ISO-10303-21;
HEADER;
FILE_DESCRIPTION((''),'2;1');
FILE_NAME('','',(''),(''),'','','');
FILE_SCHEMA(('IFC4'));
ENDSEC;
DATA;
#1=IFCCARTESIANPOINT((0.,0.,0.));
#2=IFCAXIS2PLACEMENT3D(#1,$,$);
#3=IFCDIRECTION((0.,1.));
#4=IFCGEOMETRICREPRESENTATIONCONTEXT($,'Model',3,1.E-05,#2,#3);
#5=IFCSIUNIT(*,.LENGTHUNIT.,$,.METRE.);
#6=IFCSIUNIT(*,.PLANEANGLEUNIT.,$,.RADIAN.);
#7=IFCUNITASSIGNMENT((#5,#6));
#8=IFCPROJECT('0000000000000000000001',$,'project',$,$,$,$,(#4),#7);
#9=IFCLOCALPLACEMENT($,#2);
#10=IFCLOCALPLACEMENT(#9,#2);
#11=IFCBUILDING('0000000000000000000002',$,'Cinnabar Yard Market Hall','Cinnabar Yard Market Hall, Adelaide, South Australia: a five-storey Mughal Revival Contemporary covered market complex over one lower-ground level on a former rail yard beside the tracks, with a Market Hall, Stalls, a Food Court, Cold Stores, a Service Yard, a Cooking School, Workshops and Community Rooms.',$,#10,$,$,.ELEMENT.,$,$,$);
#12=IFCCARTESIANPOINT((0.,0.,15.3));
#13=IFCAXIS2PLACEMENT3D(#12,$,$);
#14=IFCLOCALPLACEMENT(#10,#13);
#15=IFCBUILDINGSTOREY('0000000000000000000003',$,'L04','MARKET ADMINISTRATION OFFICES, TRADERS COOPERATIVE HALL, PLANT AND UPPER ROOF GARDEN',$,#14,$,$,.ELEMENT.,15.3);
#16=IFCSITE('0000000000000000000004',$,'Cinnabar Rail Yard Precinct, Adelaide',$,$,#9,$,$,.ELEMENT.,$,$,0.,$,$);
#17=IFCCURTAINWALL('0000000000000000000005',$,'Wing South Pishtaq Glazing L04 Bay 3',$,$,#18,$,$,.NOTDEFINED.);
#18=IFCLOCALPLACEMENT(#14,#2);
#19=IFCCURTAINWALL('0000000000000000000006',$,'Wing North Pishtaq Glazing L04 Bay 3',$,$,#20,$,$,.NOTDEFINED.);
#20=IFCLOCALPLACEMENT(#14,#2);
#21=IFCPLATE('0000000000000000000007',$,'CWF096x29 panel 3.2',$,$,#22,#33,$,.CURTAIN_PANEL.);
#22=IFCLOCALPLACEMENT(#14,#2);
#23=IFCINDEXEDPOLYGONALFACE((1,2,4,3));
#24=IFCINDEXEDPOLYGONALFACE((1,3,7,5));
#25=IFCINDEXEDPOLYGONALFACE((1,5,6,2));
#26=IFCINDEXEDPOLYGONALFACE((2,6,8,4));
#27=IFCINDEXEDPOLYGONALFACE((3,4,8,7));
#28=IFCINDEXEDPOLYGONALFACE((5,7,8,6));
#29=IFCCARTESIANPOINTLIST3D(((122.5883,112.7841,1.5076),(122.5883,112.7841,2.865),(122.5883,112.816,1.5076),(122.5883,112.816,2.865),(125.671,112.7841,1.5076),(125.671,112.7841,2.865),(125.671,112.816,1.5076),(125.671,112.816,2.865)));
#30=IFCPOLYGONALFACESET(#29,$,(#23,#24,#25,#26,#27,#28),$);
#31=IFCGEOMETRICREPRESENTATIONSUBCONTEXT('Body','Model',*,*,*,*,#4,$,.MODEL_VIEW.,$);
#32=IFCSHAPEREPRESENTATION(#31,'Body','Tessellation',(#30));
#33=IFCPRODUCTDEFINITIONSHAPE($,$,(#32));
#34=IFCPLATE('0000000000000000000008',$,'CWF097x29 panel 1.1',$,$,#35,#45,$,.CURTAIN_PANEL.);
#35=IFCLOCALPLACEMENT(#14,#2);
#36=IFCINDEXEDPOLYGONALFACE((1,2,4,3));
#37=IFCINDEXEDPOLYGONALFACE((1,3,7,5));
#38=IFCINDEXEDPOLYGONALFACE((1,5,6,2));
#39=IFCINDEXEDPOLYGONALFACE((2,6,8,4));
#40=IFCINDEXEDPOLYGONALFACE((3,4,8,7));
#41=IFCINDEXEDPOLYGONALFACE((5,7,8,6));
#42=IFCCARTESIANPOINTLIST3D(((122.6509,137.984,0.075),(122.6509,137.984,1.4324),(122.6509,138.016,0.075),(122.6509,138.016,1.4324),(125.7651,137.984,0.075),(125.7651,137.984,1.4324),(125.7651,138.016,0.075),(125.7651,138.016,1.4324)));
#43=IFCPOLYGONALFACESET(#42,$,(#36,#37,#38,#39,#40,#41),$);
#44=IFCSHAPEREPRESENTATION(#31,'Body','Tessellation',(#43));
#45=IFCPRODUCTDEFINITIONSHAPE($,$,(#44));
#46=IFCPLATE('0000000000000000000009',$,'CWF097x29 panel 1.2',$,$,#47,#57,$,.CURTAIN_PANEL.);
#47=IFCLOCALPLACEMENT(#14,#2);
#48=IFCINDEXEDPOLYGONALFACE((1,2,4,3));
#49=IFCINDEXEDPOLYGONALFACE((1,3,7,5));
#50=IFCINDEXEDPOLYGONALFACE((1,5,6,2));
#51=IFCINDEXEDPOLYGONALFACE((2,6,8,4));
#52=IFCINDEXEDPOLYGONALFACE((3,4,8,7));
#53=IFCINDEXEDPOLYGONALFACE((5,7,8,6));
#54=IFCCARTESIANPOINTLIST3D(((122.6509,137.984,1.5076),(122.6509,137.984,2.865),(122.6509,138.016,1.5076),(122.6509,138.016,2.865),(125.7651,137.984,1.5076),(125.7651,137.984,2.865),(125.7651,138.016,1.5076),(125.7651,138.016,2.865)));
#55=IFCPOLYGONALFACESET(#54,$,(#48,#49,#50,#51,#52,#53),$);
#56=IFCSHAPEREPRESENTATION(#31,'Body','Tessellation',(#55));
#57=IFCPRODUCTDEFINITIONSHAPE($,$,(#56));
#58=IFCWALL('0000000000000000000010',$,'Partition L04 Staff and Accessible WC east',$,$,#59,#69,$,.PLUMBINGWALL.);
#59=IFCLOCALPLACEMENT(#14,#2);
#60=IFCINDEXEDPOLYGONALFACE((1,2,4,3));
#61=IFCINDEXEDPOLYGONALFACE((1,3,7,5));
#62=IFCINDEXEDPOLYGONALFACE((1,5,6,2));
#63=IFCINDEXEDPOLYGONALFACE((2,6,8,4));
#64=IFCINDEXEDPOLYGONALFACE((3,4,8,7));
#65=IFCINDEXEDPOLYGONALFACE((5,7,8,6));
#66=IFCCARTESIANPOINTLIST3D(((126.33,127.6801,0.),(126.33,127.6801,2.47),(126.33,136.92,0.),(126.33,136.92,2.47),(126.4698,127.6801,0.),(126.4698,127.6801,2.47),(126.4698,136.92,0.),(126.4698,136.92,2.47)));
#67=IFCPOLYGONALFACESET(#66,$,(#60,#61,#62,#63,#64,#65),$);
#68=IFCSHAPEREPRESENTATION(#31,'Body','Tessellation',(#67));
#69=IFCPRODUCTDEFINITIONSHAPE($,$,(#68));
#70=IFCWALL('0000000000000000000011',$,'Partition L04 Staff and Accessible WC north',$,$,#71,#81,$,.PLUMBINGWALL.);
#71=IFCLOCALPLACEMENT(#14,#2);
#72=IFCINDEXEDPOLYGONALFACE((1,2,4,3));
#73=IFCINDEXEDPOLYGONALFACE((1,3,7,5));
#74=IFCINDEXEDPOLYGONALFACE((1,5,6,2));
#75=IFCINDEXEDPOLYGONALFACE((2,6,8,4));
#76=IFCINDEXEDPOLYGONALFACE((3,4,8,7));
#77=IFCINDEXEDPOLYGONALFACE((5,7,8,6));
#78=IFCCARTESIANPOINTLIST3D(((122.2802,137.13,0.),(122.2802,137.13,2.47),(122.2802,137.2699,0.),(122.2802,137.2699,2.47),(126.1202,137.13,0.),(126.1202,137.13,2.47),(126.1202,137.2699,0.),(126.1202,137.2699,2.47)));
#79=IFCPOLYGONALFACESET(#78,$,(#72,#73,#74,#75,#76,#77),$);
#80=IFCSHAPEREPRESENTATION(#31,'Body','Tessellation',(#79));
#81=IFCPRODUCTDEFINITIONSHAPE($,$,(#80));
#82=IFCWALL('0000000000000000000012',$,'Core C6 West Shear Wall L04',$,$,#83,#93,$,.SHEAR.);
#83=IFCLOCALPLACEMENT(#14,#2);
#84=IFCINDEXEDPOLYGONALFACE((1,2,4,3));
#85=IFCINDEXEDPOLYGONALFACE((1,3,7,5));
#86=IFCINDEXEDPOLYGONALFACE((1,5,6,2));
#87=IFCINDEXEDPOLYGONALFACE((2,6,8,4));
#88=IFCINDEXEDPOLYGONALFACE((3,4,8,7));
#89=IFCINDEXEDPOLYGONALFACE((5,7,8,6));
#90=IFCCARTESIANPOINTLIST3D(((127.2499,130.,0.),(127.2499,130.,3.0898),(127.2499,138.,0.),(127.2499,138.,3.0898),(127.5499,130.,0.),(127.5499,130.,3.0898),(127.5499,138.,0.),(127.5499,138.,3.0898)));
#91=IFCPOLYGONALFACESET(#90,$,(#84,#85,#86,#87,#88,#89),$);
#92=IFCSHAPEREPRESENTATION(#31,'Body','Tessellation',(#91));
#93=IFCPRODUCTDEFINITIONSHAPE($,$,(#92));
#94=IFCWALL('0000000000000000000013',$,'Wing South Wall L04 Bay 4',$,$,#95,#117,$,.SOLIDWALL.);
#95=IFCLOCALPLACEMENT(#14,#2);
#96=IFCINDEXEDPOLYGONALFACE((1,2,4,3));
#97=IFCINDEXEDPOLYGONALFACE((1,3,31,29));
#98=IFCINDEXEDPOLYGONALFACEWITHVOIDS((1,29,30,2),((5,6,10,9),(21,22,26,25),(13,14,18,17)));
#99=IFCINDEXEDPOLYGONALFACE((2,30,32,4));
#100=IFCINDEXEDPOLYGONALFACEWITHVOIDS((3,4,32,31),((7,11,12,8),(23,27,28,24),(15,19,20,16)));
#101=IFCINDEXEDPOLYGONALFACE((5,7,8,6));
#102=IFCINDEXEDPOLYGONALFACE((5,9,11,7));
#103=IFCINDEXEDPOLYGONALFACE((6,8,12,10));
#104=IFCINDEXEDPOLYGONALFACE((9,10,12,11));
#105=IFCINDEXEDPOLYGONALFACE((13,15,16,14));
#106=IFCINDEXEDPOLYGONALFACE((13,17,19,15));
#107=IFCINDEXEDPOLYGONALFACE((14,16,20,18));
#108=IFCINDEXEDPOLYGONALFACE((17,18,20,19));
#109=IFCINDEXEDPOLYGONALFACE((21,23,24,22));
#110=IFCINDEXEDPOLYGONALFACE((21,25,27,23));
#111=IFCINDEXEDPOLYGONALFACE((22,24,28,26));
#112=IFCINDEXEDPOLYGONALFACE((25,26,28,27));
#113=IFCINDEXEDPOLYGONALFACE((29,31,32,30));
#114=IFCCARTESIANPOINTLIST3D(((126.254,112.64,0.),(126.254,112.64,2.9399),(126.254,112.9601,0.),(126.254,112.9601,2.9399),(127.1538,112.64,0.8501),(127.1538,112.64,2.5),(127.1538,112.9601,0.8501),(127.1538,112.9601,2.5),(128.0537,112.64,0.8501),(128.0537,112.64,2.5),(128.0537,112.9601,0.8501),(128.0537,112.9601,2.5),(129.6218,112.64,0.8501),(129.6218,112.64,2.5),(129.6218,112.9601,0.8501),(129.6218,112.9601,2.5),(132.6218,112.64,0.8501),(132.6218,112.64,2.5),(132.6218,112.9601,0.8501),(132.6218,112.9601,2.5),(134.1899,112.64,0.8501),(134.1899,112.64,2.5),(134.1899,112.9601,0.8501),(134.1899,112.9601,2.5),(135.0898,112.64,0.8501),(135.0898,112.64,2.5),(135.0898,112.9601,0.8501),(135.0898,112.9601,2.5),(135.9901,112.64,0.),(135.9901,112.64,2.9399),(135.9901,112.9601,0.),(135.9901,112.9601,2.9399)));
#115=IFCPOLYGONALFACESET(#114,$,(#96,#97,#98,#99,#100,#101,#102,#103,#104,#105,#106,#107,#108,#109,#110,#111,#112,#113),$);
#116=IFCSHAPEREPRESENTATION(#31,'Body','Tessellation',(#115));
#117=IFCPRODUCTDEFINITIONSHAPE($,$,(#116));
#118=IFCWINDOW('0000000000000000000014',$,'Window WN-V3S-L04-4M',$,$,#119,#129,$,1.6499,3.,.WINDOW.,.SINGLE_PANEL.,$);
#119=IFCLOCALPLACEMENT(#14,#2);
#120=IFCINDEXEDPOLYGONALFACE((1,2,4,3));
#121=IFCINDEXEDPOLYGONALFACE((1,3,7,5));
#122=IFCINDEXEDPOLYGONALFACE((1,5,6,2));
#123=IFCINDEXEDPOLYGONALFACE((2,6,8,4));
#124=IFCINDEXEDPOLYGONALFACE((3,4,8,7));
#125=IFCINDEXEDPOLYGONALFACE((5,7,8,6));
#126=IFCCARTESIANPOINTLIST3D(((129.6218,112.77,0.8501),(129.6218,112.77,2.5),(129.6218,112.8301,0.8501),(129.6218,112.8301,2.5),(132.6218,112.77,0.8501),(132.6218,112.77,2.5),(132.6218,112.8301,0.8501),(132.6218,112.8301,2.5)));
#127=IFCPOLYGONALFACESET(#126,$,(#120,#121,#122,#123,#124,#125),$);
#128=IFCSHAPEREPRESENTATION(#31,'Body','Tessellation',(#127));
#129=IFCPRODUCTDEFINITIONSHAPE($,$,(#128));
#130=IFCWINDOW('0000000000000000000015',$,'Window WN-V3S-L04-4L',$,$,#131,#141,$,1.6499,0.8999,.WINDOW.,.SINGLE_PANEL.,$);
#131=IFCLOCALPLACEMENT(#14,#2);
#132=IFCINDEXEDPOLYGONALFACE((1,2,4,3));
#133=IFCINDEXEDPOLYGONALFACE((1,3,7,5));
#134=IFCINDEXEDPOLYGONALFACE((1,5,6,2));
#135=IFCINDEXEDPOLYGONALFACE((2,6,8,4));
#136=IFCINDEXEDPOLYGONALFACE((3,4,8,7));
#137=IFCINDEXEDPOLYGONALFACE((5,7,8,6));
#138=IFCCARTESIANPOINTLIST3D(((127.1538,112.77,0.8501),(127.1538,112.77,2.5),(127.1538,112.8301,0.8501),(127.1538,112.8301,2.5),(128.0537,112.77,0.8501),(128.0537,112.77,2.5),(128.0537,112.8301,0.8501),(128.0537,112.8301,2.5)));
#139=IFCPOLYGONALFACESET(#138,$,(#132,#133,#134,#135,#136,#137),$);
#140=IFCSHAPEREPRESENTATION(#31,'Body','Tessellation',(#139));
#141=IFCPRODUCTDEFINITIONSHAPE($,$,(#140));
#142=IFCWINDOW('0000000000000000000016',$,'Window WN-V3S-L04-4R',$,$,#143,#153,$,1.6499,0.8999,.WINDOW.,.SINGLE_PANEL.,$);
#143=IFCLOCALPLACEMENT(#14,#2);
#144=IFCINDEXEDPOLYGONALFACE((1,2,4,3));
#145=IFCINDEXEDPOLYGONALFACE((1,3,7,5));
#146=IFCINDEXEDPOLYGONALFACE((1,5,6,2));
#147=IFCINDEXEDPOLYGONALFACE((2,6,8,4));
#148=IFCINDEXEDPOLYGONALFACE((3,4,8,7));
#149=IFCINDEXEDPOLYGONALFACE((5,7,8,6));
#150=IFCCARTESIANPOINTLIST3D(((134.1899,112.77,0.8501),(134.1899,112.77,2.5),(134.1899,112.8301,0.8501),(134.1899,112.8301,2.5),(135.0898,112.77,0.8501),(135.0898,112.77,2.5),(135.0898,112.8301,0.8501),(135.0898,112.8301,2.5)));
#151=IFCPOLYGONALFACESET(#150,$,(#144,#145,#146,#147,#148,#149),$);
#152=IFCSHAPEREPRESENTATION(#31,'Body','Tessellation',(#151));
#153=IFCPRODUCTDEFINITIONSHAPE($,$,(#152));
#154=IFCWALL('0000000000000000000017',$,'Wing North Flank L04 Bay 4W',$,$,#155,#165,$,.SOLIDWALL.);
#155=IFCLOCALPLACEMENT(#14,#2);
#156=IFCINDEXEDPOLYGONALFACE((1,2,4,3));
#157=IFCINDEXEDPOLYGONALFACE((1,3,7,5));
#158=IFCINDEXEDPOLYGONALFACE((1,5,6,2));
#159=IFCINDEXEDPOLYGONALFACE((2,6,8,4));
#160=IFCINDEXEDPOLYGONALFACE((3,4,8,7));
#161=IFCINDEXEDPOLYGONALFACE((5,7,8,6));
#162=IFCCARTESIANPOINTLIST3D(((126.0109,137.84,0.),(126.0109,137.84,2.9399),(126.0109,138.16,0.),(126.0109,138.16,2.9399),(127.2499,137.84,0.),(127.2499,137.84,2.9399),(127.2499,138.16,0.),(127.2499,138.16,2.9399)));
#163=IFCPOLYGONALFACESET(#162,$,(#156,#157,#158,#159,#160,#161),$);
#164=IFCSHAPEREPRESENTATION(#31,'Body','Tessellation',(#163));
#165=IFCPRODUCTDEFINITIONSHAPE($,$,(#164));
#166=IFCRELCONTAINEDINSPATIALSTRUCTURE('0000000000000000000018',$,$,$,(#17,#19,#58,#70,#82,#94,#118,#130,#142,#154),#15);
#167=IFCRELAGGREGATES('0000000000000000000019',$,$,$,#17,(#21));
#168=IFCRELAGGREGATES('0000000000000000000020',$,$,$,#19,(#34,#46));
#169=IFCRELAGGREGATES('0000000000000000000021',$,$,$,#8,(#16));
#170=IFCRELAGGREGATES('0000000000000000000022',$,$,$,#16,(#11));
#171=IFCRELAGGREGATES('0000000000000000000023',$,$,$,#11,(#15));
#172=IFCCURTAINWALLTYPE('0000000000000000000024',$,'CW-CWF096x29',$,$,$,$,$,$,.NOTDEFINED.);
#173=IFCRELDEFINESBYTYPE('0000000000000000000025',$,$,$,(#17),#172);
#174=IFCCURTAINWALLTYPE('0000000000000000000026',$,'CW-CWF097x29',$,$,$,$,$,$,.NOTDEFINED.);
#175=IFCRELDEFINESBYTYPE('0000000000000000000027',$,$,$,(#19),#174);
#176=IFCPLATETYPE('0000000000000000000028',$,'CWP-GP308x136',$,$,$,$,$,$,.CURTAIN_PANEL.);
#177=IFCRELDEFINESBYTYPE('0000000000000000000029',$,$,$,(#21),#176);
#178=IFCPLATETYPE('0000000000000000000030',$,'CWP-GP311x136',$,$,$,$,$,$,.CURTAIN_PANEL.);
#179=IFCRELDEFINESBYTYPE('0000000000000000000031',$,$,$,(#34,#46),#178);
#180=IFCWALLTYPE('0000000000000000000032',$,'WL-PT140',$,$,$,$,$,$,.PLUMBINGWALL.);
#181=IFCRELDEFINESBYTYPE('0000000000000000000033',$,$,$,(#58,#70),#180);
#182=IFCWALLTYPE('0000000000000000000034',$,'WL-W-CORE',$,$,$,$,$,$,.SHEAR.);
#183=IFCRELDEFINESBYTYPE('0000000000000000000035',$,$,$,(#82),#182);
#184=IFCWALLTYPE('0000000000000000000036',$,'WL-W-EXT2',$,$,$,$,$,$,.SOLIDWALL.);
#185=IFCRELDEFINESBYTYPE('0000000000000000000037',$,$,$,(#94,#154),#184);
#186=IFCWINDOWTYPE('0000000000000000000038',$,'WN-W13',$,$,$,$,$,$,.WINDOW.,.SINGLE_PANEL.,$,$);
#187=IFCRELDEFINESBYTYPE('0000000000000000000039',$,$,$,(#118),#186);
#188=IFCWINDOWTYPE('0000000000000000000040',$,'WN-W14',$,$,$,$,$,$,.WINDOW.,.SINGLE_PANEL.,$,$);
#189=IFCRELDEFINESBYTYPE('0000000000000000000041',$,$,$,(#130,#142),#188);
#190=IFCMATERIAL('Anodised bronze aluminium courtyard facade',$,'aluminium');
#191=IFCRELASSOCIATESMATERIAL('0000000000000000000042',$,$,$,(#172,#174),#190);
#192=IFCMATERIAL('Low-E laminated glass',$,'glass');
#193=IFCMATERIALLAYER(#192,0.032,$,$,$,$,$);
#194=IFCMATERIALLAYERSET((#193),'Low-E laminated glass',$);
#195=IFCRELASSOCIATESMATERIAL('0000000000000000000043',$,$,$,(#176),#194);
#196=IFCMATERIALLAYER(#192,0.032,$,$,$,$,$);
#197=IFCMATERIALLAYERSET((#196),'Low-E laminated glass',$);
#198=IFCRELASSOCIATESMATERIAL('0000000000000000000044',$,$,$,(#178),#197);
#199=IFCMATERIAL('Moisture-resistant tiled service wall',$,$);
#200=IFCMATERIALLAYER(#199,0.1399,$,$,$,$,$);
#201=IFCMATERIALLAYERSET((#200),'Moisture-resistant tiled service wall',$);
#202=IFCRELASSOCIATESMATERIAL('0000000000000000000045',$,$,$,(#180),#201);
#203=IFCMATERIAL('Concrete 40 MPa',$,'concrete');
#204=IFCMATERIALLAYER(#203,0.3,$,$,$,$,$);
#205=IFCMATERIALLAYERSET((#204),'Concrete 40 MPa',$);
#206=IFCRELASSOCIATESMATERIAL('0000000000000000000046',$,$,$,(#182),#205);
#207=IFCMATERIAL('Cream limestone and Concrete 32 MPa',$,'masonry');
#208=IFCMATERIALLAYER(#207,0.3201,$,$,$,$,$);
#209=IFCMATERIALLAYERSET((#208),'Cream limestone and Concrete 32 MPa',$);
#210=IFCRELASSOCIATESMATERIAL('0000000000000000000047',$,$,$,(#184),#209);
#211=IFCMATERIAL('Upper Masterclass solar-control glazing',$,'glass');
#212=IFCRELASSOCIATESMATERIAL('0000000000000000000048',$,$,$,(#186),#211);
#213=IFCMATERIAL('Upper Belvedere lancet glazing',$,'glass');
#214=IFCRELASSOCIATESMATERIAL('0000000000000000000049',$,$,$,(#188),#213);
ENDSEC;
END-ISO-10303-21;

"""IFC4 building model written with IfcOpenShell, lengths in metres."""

from ifc_helpers import new_model, si_unit, direction, frame, frame_2d, origin, origin_2d_with_axis, place, context, subcontext, project, spatial, rectangle, extrude, material, layer, layer_set, type_object, element, fill, aggregate, save


model = new_model("IFC4")

# Units and contexts
model_context = context("Model", 3, precision=1e-05, world=origin(), true_north=direction((0.0, 1.0)))
body_context = subcontext(model_context, "Body", "Model", "MODEL_VIEW")
ifc_project = project(units=[si_unit("LENGTHUNIT", "METRE"), si_unit("PLANEANGLEUNIT", "RADIAN")], contexts=[model_context])

# Site, building, storey
site_placement = place(None, origin())
site = spatial("IfcSite", under=ifc_project, at=site_placement, Name="Cinnabar Rail Yard Precinct, Adelaide", CompositionType="ELEMENT", RefElevation=0.0)
building_placement = place(site_placement, origin())
building = spatial("IfcBuilding", under=site, at=building_placement, Name="Cinnabar Yard Market Hall", Description="Cinnabar Yard Market Hall, Adelaide, South Australia: a five-storey Mughal Revival Contemporary covered market complex over one lower-ground level on a former rail yard beside the tracks, with a Market Hall, Stalls, a Food Court, Cold Stores, a Service Yard, a Cooking School, Workshops and Community Rooms.", CompositionType="ELEMENT")
storey_placement = place(building_placement, frame((0.0, 0.0, 15.3)))
storey = spatial("IfcBuildingStorey", under=building, at=storey_placement, Name="L04", Description="MARKET ADMINISTRATION OFFICES, TRADERS COOPERATIVE HALL, PLANT AND UPPER ROOF GARDEN", CompositionType="ELEMENT", Elevation=15.3)

# Shared definitions
ifc_material_1 = material(Name="Concrete 40 MPa", Category="concrete")

# Curtain wall
ifc_material_2 = material(Name="Anodised bronze aluminium courtyard facade", Category="aluminium")
curtain_wall_type_1 = type_object("IfcCurtainWallType", Name="CW-CWF096x29", PredefinedType="NOTDEFINED", material=ifc_material_2)
curtain_wall_1_placement = place(storey_placement, origin())
curtain_wall_1 = element("IfcCurtainWall", 1, at=curtain_wall_1_placement, inside=storey, type_object=curtain_wall_type_1, Name="Wing South Pishtaq Glazing L04 Bay 3", PredefinedType="NOTDEFINED")

# Curtain wall
curtain_wall_type_2 = type_object("IfcCurtainWallType", Name="CW-CWF097x29", PredefinedType="NOTDEFINED", material=ifc_material_2)
curtain_wall_2_placement = place(storey_placement, origin())
curtain_wall_2 = element("IfcCurtainWall", 2, at=curtain_wall_2_placement, inside=storey, type_object=curtain_wall_type_2, Name="Wing North Pishtaq Glazing L04 Bay 3", PredefinedType="NOTDEFINED")

# Plates
ifc_material_3 = material(Name="Low-E laminated glass", Category="glass")
ifc_layer_1 = layer(ifc_material_3, 0.032)
ifc_layer_set_1 = layer_set([ifc_layer_1], Name="Low-E laminated glass")
plate_type_1 = type_object("IfcPlateType", Name="CWP-GP308x136", PredefinedType="CURTAIN_PANEL", material=ifc_layer_set_1)
plate_1_placement = place(storey_placement, frame((124.1296, 112.8, 1.5076), z_axis=(0.0, 0.0, 1.0), x_axis=(1.0, 0.0, 0.0)))
plate_1 = element("IfcPlate", 3, at=plate_1_placement, type_object=plate_type_1, Name="CWF096x29 panel 3.2", PredefinedType="CURTAIN_PANEL", context=body_context, shape_type="SweptSolid", body=[
    extrude(rectangle(XDim=3.0828, YDim=0.032, at=origin_2d_with_axis()), origin(), (0.0, 0.0, 1.0), 1.3574),
])
aggregate(curtain_wall_1, [plate_1])
ifc_layer_2 = layer(ifc_material_3, 0.032)
ifc_layer_set_2 = layer_set([ifc_layer_2], Name="Low-E laminated glass")
plate_type_2 = type_object("IfcPlateType", Name="CWP-GP311x136", PredefinedType="CURTAIN_PANEL", material=ifc_layer_set_2)
plate_2_placement = place(storey_placement, frame((124.208, 138.0, 0.075), z_axis=(0.0, 0.0, 1.0), x_axis=(-1.0, 0.0, 0.0)))
plate_2 = element("IfcPlate", 4, at=plate_2_placement, type_object=plate_type_2, Name="CWF097x29 panel 1.1", PredefinedType="CURTAIN_PANEL", context=body_context, shape_type="SweptSolid", body=[
    extrude(rectangle(XDim=3.1143, YDim=0.032, at=origin_2d_with_axis()), origin(), (0.0, 0.0, 1.0), 1.3574),
])
plate_3_placement = place(storey_placement, frame((124.208, 138.0, 1.5076), z_axis=(0.0, 0.0, 1.0), x_axis=(-1.0, 0.0, 0.0)))
plate_3 = element("IfcPlate", 5, at=plate_3_placement, type_object=plate_type_2, Name="CWF097x29 panel 1.2", PredefinedType="CURTAIN_PANEL", context=body_context, shape_type="SweptSolid", body=[
    extrude(rectangle(XDim=3.1143, YDim=0.032, at=origin_2d_with_axis()), origin(), (0.0, 0.0, 1.0), 1.3574),
])
aggregate(curtain_wall_2, [plate_2, plate_3])

# Walls
ifc_material_4 = material(Name="Moisture-resistant tiled service wall")
ifc_layer_3 = layer(ifc_material_4, 0.1399)
ifc_layer_set_3 = layer_set([ifc_layer_3], Name="Moisture-resistant tiled service wall")
wall_type_1 = type_object("IfcWallType", Name="WL-PT140", PredefinedType="PLUMBINGWALL", material=ifc_layer_set_3)
wall_1_placement = place(storey_placement, frame((126.3999, 127.6799, 0.0), z_axis=(0.0, 0.0, 1.0), x_axis=(0.0, 1.0, 0.0)))
element("IfcWall", 6, at=wall_1_placement, inside=storey, type_object=wall_type_1, Name="Partition L04 Staff and Accessible WC east", PredefinedType="PLUMBINGWALL", context=body_context, shape_type="SweptSolid", body=[
    extrude(rectangle(XDim=9.24, YDim=0.1399, at=frame_2d((4.6201, 0.0), x_axis=(1.0, 0.0))), origin(), (0.0, 0.0, 1.0), 2.47),
])
wall_2_placement = place(storey_placement, frame((126.1201, 137.2, 0.0), z_axis=(0.0, 0.0, 1.0), x_axis=(-1.0, 0.0, 0.0)))
element("IfcWall", 7, at=wall_2_placement, inside=storey, type_object=wall_type_1, Name="Partition L04 Staff and Accessible WC north", PredefinedType="PLUMBINGWALL", context=body_context, shape_type="SweptSolid", body=[
    extrude(rectangle(XDim=3.8401, YDim=0.1399, at=frame_2d((1.9199, 0.0), x_axis=(1.0, 0.0))), origin(), (0.0, 0.0, 1.0), 2.47),
])
ifc_layer_4 = layer(ifc_material_1, 0.3)
ifc_layer_set_4 = layer_set([ifc_layer_4], Name="Concrete 40 MPa")
wall_type_2 = type_object("IfcWallType", Name="WL-W-CORE", PredefinedType="SHEAR", material=ifc_layer_set_4)
wall_3_placement = place(storey_placement, frame((127.3999, 138.0, 0.0), z_axis=(0.0, 0.0, 1.0), x_axis=(0.0, -1.0, 0.0)))
element("IfcWall", 8, at=wall_3_placement, inside=storey, type_object=wall_type_2, Name="Core C6 West Shear Wall L04", PredefinedType="SHEAR", context=body_context, shape_type="SweptSolid", body=[
    extrude(rectangle(XDim=8.0, YDim=0.3, at=frame_2d((4.0, 0.0), x_axis=(1.0, 0.0))), origin(), (0.0, 0.0, 1.0), 3.0898),
])

# Wall, openings, windows
ifc_material_5 = material(Name="Cream limestone and Concrete 32 MPa", Category="masonry")
ifc_layer_5 = layer(ifc_material_5, 0.3201)
ifc_layer_set_5 = layer_set([ifc_layer_5], Name="Cream limestone and Concrete 32 MPa")
wall_type_3 = type_object("IfcWallType", Name="WL-W-EXT2", PredefinedType="SOLIDWALL", material=ifc_layer_set_5)
wall_4_placement = place(storey_placement, frame((126.2539, 112.8, 0.0), z_axis=(0.0, 0.0, 1.0), x_axis=(1.0, 0.0, 0.0)))
wall_4 = element("IfcWall", 9, at=wall_4_placement, inside=storey, type_object=wall_type_3, Name="Wing South Wall L04 Bay 4", PredefinedType="SOLIDWALL", context=body_context, shape_type="SweptSolid", body=[
    extrude(rectangle(XDim=9.7361, YDim=0.3201, at=frame_2d((4.8682, 0.0), x_axis=(1.0, 0.0))), origin(), (0.0, 0.0, 1.0), 2.9399),
])
opening_1_placement = place(wall_4_placement, frame((3.3679, 0.0, 0.8501)))
opening_1 = element("IfcOpeningElement", 10, at=opening_1_placement, cuts=wall_4, PredefinedType="OPENING", context=body_context, shape_type="SweptSolid", body=[
    extrude(rectangle(XDim=3.0, YDim=1.6499, at=frame_2d((1.5, 0.825), x_axis=(1.0, 0.0))), frame((0.0, 0.1699, 0.0), z_axis=(0.0, -1.0, 0.0), x_axis=(1.0, 0.0, 0.0)), (0.0, 0.0, 1.0), 0.3401),
])
opening_2_placement = place(wall_4_placement, frame((0.8999, 0.0, 0.8501)))
opening_2 = element("IfcOpeningElement", 11, at=opening_2_placement, cuts=wall_4, PredefinedType="OPENING", context=body_context, shape_type="SweptSolid", body=[
    extrude(rectangle(XDim=0.8999, YDim=1.6499, at=frame_2d((0.45, 0.825), x_axis=(1.0, 0.0))), frame((0.0, 0.1699, 0.0), z_axis=(0.0, -1.0, 0.0), x_axis=(1.0, 0.0, 0.0)), (0.0, 0.0, 1.0), 0.3401),
])
opening_3_placement = place(wall_4_placement, frame((7.936, 0.0, 0.8501)))
opening_3 = element("IfcOpeningElement", 12, at=opening_3_placement, cuts=wall_4, PredefinedType="OPENING", context=body_context, shape_type="SweptSolid", body=[
    extrude(rectangle(XDim=0.8999, YDim=1.6499, at=frame_2d((0.45, 0.825), x_axis=(1.0, 0.0))), frame((0.0, 0.1699, 0.0), z_axis=(0.0, -1.0, 0.0), x_axis=(1.0, 0.0, 0.0)), (0.0, 0.0, 1.0), 0.3401),
])
ifc_material_6 = material(Name="Upper Masterclass solar-control glazing", Category="glass")
window_type_1 = type_object("IfcWindowType", Name="WN-W13", PartitioningType="SINGLE_PANEL", PredefinedType="WINDOW", material=ifc_material_6)
window_1_placement = place(opening_1_placement, origin())
window_1 = element("IfcWindow", 13, at=window_1_placement, inside=storey, type_object=window_type_1, Name="Window WN-V3S-L04-4M", OverallHeight=1.6499, OverallWidth=3.0, PartitioningType="SINGLE_PANEL", PredefinedType="WINDOW", context=body_context, shape_type="SweptSolid", body=[
    extrude(rectangle(XDim=3.0, YDim=1.6499, at=frame_2d((1.5, 0.825), x_axis=(1.0, 0.0))), frame((0.0, 0.03, 0.0), z_axis=(0.0, -1.0, 0.0), x_axis=(1.0, 0.0, 0.0)), (0.0, 0.0, 1.0), 0.0601),
])
fill(opening_1, window_1)
ifc_material_7 = material(Name="Upper Belvedere lancet glazing", Category="glass")
window_type_2 = type_object("IfcWindowType", Name="WN-W14", PartitioningType="SINGLE_PANEL", PredefinedType="WINDOW", material=ifc_material_7)
window_2_placement = place(opening_2_placement, origin())
window_2 = element("IfcWindow", 14, at=window_2_placement, inside=storey, type_object=window_type_2, Name="Window WN-V3S-L04-4L", OverallHeight=1.6499, OverallWidth=0.8999, PartitioningType="SINGLE_PANEL", PredefinedType="WINDOW", context=body_context, shape_type="SweptSolid", body=[
    extrude(rectangle(XDim=0.8999, YDim=1.6499, at=frame_2d((0.45, 0.825), x_axis=(1.0, 0.0))), frame((0.0, 0.03, 0.0), z_axis=(0.0, -1.0, 0.0), x_axis=(1.0, 0.0, 0.0)), (0.0, 0.0, 1.0), 0.0601),
])
fill(opening_2, window_2)
window_3_placement = place(opening_3_placement, origin())
window_3 = element("IfcWindow", 15, at=window_3_placement, inside=storey, type_object=window_type_2, Name="Window WN-V3S-L04-4R", OverallHeight=1.6499, OverallWidth=0.8999, PartitioningType="SINGLE_PANEL", PredefinedType="WINDOW", context=body_context, shape_type="SweptSolid", body=[
    extrude(rectangle(XDim=0.8999, YDim=1.6499, at=frame_2d((0.45, 0.825), x_axis=(1.0, 0.0))), frame((0.0, 0.03, 0.0), z_axis=(0.0, -1.0, 0.0), x_axis=(1.0, 0.0, 0.0)), (0.0, 0.0, 1.0), 0.0601),
])
fill(opening_3, window_3)

# Wall
wall_5_placement = place(storey_placement, frame((127.25, 138.0, 0.0), z_axis=(0.0, 0.0, 1.0), x_axis=(-1.0, 0.0, 0.0)))
element("IfcWall", 16, at=wall_5_placement, inside=storey, type_object=wall_type_3, Name="Wing North Flank L04 Bay 4W", PredefinedType="SOLIDWALL", context=body_context, shape_type="SweptSolid", body=[
    extrude(rectangle(XDim=1.239, YDim=0.3201, at=frame_2d((0.6196, 0.0), x_axis=(1.0, 0.0))), origin(), (0.0, 0.0, 1.0), 2.9399),
])

save(model, "model.ifc")
